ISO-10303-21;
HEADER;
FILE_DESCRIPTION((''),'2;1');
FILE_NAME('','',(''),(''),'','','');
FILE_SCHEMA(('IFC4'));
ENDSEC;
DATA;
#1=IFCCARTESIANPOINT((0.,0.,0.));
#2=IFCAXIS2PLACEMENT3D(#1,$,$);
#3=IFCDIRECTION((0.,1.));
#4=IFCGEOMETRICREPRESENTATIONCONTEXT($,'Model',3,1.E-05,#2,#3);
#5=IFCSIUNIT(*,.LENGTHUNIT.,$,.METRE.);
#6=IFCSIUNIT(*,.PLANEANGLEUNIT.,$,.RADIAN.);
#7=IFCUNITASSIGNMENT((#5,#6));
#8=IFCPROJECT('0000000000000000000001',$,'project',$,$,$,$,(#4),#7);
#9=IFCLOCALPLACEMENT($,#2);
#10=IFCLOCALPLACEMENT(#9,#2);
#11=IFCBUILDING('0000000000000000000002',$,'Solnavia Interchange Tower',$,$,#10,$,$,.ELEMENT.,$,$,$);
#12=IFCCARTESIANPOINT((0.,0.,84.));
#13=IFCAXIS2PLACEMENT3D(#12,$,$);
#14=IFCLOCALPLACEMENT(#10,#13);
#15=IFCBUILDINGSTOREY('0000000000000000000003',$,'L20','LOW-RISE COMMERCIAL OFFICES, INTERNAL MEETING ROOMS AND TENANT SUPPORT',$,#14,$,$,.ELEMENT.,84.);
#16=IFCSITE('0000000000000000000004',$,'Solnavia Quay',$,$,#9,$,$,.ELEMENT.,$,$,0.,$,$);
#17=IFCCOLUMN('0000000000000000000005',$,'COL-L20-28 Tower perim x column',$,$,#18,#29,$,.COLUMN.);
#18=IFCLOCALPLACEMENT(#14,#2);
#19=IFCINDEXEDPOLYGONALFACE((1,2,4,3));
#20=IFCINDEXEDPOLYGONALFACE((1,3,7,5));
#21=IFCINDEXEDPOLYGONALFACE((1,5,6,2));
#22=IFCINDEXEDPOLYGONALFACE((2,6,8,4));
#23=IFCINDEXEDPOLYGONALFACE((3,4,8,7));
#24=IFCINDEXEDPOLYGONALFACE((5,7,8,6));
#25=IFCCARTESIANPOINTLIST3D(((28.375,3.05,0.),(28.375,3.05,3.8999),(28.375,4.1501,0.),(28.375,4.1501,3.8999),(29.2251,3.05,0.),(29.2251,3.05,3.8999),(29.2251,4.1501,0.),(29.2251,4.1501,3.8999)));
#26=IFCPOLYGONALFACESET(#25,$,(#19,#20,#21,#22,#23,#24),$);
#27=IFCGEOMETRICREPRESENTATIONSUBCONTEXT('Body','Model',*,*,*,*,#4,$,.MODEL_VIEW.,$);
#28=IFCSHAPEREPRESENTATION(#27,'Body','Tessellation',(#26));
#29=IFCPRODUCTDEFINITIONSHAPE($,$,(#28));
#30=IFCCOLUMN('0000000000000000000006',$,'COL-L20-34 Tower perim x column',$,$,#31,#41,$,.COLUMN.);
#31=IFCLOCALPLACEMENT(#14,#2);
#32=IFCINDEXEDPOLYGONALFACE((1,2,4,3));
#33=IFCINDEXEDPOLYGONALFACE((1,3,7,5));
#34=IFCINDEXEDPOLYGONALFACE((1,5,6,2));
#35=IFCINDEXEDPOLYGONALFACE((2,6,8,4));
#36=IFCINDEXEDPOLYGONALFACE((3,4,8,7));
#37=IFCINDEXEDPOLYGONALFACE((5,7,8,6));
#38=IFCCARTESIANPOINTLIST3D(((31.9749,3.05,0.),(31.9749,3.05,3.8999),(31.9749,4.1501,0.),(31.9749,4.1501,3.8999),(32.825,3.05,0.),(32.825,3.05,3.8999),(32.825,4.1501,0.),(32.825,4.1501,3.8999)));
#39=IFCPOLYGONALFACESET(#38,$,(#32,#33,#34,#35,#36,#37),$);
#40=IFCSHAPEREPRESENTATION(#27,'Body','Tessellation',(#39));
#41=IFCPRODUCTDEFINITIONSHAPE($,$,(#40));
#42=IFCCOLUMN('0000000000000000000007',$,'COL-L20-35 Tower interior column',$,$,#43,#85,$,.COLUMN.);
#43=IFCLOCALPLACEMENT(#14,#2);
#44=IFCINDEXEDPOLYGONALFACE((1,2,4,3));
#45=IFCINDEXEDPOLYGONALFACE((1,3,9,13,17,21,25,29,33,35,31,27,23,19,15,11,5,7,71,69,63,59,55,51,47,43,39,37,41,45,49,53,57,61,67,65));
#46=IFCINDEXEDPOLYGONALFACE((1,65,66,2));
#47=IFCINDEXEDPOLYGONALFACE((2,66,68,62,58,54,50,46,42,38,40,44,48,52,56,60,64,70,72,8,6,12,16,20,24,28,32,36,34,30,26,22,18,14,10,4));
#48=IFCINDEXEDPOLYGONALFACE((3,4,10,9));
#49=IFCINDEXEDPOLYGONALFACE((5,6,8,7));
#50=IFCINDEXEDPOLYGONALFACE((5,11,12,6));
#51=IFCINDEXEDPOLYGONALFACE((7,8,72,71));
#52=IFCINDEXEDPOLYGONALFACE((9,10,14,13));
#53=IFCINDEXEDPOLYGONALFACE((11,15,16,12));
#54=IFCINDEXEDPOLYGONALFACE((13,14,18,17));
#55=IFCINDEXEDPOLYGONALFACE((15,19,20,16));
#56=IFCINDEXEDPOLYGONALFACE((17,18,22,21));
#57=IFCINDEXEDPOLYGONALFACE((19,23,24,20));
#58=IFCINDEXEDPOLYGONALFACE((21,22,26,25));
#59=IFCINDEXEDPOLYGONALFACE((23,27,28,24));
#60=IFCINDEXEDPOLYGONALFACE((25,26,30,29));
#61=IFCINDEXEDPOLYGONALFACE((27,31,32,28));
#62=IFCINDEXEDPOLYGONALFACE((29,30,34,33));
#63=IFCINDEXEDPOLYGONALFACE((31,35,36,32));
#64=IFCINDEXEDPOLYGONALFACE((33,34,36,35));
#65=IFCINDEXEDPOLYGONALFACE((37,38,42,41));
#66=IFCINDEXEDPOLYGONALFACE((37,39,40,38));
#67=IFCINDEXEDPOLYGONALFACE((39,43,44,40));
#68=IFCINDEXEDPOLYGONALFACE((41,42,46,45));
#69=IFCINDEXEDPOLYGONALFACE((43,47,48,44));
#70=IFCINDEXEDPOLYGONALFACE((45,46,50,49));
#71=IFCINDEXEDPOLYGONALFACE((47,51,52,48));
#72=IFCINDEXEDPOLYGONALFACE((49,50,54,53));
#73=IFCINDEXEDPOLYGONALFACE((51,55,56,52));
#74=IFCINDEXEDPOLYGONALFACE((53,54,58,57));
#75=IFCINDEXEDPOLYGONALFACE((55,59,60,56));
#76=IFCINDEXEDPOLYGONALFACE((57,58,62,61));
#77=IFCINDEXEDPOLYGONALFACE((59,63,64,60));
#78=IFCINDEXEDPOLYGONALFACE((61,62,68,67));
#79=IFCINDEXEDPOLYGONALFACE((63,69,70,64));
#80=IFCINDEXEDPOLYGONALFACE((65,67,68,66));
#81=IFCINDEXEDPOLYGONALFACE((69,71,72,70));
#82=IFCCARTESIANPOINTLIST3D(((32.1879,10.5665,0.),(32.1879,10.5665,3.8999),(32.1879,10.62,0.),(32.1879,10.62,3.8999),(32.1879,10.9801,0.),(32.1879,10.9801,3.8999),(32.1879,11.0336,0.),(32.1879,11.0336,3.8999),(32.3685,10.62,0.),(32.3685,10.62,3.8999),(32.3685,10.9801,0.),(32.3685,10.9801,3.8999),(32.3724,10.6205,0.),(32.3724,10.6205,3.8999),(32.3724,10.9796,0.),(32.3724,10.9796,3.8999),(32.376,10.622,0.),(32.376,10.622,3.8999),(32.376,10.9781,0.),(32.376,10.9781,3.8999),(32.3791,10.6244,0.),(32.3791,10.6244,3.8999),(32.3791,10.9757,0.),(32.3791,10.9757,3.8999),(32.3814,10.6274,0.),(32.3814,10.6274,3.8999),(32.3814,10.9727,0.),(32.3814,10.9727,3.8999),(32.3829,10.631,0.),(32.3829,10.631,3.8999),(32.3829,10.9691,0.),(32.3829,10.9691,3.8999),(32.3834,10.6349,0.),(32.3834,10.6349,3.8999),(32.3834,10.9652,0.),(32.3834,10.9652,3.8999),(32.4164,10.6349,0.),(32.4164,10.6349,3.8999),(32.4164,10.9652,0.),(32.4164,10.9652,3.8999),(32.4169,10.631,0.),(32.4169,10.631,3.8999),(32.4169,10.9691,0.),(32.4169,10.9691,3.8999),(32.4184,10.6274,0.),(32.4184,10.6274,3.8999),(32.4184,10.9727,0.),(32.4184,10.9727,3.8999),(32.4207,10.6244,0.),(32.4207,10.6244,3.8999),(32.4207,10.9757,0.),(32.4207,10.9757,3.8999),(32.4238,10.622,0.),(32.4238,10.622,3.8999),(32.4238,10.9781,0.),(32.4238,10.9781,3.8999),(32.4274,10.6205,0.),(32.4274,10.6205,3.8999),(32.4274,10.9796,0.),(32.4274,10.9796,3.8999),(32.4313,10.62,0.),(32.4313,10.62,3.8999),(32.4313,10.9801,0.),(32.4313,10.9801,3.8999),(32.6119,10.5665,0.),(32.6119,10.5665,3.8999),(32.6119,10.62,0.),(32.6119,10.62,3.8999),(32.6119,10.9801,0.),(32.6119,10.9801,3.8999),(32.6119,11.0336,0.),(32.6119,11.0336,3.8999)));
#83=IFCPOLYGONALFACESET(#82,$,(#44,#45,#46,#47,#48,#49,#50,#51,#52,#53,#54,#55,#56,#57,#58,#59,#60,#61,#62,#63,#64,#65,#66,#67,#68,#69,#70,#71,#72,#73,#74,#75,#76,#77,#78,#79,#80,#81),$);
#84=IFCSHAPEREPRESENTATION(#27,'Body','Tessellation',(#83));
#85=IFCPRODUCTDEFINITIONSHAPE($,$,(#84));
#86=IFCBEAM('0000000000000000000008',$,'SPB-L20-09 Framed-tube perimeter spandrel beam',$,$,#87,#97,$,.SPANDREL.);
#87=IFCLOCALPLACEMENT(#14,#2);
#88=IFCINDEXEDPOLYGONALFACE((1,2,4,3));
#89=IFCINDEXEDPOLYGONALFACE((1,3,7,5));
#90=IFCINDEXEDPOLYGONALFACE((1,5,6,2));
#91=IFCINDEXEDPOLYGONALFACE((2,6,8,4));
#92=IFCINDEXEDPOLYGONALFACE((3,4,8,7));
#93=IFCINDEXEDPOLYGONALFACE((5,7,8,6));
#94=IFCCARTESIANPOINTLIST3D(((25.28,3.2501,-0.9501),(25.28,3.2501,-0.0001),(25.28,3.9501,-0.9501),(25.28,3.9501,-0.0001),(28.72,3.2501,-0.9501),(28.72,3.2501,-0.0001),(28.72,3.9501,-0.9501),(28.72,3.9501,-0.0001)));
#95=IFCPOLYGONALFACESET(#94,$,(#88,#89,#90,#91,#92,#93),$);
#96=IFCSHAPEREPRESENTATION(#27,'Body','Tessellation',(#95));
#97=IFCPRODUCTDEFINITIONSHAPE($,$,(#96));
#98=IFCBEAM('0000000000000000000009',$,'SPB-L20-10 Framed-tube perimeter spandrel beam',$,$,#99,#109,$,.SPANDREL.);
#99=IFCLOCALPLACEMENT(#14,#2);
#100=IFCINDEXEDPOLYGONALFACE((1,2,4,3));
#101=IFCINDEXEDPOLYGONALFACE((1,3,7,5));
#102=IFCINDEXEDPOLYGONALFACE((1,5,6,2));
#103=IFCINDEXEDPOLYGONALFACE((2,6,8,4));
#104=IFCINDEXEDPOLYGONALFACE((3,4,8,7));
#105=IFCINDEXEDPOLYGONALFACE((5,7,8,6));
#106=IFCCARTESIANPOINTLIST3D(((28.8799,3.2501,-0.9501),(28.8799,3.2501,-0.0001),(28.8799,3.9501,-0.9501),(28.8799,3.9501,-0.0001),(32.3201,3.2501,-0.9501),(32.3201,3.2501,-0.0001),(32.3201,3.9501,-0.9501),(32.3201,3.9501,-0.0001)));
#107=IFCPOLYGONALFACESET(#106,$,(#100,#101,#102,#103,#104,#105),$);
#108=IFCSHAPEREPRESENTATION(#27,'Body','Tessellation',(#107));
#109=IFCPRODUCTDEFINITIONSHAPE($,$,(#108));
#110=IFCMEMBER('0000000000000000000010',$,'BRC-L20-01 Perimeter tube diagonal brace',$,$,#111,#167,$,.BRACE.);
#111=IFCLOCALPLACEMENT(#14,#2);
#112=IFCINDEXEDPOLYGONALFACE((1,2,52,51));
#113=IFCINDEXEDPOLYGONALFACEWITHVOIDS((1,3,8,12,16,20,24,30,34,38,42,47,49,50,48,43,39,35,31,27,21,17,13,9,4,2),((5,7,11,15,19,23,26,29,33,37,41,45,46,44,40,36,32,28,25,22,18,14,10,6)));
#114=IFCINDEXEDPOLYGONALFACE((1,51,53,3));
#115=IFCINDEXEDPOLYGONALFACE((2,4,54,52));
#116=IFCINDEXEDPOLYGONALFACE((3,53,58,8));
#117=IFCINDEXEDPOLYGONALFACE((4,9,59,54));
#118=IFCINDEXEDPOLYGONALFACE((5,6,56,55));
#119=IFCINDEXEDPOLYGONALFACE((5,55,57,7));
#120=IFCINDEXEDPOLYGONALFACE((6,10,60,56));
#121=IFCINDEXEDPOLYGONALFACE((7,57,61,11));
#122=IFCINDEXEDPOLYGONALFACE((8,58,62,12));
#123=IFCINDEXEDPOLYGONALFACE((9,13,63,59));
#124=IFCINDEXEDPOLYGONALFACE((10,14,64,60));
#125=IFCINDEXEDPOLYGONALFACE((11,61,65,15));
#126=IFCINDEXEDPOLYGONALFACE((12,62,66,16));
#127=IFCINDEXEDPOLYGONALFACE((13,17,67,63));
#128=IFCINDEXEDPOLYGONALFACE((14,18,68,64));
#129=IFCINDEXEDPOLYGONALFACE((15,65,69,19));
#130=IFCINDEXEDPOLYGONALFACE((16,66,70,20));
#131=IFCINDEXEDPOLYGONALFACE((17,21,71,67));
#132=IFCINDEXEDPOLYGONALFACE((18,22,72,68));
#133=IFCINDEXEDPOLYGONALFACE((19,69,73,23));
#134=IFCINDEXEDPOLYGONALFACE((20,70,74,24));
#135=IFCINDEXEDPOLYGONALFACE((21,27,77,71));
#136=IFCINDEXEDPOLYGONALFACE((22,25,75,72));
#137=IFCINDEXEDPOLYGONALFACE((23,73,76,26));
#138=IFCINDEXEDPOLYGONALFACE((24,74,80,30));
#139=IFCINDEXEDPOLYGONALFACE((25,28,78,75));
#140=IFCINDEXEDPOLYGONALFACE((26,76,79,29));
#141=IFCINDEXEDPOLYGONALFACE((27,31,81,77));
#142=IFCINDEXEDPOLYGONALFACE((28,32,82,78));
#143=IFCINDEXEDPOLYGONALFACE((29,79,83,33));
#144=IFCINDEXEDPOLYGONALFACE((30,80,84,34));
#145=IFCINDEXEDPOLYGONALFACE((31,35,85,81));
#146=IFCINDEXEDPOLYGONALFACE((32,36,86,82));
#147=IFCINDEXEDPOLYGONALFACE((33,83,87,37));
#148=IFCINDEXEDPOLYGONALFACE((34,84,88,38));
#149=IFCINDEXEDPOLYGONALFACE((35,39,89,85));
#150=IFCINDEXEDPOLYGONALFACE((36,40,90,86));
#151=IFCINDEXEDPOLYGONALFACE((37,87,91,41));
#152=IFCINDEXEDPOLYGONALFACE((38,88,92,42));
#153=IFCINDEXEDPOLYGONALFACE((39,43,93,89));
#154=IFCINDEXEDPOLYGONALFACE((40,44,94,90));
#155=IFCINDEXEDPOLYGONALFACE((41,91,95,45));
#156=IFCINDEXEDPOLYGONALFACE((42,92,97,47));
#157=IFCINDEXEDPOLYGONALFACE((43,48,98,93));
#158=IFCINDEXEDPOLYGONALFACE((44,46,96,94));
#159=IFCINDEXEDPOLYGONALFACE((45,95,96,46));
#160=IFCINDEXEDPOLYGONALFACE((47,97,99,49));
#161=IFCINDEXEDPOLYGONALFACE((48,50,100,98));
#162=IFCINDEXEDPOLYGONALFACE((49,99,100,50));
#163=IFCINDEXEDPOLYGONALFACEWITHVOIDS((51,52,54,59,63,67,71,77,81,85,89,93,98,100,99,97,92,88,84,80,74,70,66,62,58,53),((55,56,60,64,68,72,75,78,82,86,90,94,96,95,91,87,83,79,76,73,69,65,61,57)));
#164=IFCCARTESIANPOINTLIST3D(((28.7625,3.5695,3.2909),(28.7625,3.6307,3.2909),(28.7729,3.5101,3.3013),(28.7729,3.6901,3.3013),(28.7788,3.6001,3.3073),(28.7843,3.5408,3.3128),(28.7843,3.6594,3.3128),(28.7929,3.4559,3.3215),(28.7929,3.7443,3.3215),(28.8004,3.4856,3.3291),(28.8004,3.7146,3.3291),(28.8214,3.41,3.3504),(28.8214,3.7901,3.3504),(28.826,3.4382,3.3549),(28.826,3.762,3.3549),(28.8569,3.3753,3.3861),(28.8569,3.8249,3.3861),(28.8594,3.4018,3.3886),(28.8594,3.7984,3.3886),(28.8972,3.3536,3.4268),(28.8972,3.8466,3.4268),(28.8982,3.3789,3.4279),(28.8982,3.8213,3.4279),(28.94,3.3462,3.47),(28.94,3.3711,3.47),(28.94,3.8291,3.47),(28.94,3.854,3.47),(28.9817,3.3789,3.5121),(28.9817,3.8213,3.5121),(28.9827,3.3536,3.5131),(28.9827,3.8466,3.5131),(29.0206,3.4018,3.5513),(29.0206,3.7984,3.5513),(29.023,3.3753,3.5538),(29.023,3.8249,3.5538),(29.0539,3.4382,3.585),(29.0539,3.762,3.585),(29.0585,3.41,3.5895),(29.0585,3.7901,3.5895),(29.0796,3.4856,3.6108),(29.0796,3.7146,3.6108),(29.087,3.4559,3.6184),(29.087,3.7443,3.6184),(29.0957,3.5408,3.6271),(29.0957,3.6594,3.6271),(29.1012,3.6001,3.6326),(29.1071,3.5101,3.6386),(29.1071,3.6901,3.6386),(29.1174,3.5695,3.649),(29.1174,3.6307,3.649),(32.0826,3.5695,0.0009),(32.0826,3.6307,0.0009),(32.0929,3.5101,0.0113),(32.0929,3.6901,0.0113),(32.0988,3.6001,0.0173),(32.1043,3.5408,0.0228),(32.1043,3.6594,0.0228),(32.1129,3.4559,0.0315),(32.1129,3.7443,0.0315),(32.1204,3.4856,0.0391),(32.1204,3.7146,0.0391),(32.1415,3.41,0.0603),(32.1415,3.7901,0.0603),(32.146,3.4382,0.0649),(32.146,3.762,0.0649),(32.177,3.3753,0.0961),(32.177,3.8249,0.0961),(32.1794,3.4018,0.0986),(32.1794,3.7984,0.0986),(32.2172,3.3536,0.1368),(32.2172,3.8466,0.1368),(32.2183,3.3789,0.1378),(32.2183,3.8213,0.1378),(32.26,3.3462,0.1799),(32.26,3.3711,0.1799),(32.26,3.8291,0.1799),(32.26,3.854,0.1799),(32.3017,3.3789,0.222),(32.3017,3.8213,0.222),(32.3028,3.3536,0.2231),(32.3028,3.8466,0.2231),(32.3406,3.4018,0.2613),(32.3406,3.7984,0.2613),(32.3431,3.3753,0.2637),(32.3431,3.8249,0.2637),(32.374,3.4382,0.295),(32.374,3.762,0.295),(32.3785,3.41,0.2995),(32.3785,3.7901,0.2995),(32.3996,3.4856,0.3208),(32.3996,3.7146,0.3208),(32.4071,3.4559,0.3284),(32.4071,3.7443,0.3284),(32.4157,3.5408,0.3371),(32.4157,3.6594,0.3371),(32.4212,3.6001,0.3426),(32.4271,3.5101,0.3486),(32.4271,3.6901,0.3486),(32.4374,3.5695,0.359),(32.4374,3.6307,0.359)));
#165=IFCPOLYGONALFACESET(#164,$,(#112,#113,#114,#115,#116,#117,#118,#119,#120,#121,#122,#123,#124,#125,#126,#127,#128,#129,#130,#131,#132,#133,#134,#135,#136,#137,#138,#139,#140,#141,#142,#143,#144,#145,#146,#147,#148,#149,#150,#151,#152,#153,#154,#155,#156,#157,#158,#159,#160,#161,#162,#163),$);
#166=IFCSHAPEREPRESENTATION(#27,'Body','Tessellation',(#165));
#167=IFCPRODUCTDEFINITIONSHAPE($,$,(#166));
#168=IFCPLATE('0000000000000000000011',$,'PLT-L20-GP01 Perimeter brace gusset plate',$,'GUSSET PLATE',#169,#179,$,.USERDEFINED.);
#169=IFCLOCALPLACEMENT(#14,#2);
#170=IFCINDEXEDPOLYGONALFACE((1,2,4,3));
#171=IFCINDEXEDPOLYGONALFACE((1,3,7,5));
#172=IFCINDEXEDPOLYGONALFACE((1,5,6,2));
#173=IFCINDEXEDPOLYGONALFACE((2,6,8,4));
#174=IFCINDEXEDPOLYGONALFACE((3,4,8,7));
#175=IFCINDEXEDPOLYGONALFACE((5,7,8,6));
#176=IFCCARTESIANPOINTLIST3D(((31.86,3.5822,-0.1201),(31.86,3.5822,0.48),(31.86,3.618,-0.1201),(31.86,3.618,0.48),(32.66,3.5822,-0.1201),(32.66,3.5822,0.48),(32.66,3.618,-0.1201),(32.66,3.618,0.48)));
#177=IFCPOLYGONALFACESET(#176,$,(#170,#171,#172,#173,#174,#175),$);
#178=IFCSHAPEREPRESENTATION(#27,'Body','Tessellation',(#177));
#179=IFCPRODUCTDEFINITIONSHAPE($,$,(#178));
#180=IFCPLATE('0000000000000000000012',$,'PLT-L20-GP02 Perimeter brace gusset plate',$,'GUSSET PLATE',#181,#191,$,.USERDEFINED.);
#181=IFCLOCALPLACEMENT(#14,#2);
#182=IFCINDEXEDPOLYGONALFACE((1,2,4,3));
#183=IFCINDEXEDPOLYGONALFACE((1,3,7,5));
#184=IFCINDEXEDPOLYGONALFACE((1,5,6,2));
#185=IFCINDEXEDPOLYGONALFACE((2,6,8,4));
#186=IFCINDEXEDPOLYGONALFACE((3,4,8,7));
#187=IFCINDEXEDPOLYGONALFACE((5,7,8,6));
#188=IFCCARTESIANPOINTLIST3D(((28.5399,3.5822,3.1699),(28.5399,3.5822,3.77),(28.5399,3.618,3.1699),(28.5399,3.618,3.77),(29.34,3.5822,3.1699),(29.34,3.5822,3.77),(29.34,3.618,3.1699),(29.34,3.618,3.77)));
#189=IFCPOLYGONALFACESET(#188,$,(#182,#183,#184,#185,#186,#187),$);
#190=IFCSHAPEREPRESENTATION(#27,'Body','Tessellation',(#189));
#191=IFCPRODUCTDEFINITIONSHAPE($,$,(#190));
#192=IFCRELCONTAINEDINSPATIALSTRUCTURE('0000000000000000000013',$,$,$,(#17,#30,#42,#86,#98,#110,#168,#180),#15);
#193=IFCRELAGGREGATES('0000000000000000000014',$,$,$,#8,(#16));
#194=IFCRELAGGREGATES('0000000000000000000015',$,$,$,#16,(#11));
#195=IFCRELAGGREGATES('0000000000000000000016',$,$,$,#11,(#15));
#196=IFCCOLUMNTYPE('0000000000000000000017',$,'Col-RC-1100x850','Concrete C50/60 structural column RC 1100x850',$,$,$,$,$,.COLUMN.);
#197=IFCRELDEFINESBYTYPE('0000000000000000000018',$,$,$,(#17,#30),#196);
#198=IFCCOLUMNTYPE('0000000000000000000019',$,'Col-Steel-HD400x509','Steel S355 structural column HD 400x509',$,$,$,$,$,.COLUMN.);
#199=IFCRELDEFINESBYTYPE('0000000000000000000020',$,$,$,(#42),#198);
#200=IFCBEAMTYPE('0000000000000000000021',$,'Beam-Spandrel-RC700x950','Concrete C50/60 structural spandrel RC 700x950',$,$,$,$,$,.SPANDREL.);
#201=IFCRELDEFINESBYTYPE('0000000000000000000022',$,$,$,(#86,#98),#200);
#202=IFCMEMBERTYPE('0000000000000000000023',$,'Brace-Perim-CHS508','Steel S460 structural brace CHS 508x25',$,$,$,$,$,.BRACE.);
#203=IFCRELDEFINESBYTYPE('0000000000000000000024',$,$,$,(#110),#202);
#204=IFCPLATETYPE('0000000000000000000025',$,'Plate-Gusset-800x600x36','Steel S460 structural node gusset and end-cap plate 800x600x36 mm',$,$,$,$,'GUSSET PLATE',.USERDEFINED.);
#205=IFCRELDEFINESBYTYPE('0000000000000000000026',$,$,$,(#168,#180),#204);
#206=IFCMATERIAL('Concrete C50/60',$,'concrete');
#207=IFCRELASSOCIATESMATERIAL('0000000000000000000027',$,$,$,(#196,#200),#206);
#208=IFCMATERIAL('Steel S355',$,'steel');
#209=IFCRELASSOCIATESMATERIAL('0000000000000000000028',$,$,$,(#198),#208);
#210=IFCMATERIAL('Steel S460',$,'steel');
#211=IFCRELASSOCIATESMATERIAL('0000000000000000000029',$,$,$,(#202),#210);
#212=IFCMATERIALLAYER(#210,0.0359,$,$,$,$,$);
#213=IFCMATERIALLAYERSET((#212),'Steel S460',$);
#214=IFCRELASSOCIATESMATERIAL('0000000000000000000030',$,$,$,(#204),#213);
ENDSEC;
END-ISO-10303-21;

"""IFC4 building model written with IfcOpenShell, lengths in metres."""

from ifc_helpers import new_model, si_unit, direction, frame, origin, origin_2d, place, context, subcontext, project, spatial, rectangle, hollow_circle, i_section, extrude, material, layer, layer_set, material_profile, profile_set, type_object, element, save


model = new_model("IFC4")

# Units and contexts
model_context = context("Model", 3, precision=1e-05, world=origin(), true_north=direction((0.0, 1.0)))
body_context = subcontext(model_context, "Body", "Model", "MODEL_VIEW")
ifc_project = project(units=[si_unit("LENGTHUNIT", "METRE"), si_unit("PLANEANGLEUNIT", "RADIAN")], contexts=[model_context])

# Site, building, storey
site_placement = place(None, origin())
site = spatial("IfcSite", under=ifc_project, at=site_placement, Name="Solnavia Quay", CompositionType="ELEMENT", RefElevation=0.0)
building_placement = place(site_placement, origin())
building = spatial("IfcBuilding", under=site, at=building_placement, Name="Solnavia Interchange Tower", CompositionType="ELEMENT")
storey_placement = place(building_placement, frame((0.0, 0.0, 84.0)))
storey = spatial("IfcBuildingStorey", under=building, at=storey_placement, Name="L20", Description="LOW-RISE COMMERCIAL OFFICES, INTERNAL MEETING ROOMS AND TENANT SUPPORT", CompositionType="ELEMENT", Elevation=84.0)

# Columns
ifc_material_1 = material(Name="Concrete C50/60", Category="concrete")
ifc_material_profile_1 = material_profile(ifc_material_1, rectangle(XDim=0.8501, YDim=1.1001, at=origin_2d()), Name="RC 1100x850")
ifc_profile_set_1 = profile_set([ifc_material_profile_1], Name="Concrete C50/60")
column_type_1 = type_object("IfcColumnType", Name="Col-RC-1100x850", Description="Concrete C50/60 structural column RC 1100x850", PredefinedType="COLUMN", material=ifc_profile_set_1)
for number, where, z_axis, x_axis, name in (
    (1, (28.8, 3.6001, 0.0), (0.0, 0.0, 1.0), (1.0, 0.0, 0.0), "COL-L20-28 Tower perim x column"),
    (2, (32.3999, 3.6001, 0.0), (0.0, 0.0, 1.0), (1.0, 0.0, 0.0), "COL-L20-34 Tower perim x column"),
):
    element("IfcColumn", number, at=place(storey_placement, frame(where, z_axis=z_axis, x_axis=x_axis)), inside=storey, type_object=column_type_1, Name=name, PredefinedType="COLUMN", context=body_context, shape_type="SweptSolid", body=[
        extrude(rectangle(XDim=0.8501, YDim=1.1001, at=origin_2d()), origin(), (0.0, 0.0, 1.0), 3.8999),
    ])
ifc_material_2 = material(Name="Steel S355", Category="steel")
ifc_material_profile_2 = material_profile(ifc_material_2, i_section(OverallWidth=0.4241, OverallDepth=0.467, WebThickness=0.033, FlangeThickness=0.0535, FilletRadius=0.0149, at=origin_2d()), Name="HD 400x509")
ifc_profile_set_2 = profile_set([ifc_material_profile_2], Name="Steel S355")
column_type_2 = type_object("IfcColumnType", Name="Col-Steel-HD400x509", Description="Steel S355 structural column HD 400x509", PredefinedType="COLUMN", material=ifc_profile_set_2)
column_placement = place(storey_placement, frame((32.3999, 10.8, 0.0), z_axis=(0.0, 0.0, 1.0), x_axis=(1.0, 0.0, 0.0)))
element("IfcColumn", 3, at=column_placement, inside=storey, type_object=column_type_2, Name="COL-L20-35 Tower interior column", PredefinedType="COLUMN", context=body_context, shape_type="SweptSolid", body=[
    extrude(i_section(OverallWidth=0.4241, OverallDepth=0.467, WebThickness=0.033, FlangeThickness=0.0535, FilletRadius=0.0149, at=origin_2d()), origin(), (0.0, 0.0, 1.0), 3.8999),
])

# Beams
ifc_material_profile_3 = material_profile(ifc_material_1, rectangle(XDim=0.7, YDim=0.95, at=origin_2d()), Name="RC 700x950")
ifc_profile_set_3 = profile_set([ifc_material_profile_3], Name="Concrete C50/60")
beam_type = type_object("IfcBeamType", Name="Beam-Spandrel-RC700x950", Description="Concrete C50/60 structural spandrel RC 700x950", PredefinedType="SPANDREL", material=ifc_profile_set_3)
beam_1_placement = place(storey_placement, frame((25.28, 3.6001, -0.4751), z_axis=(1.0, 0.0, 0.0), x_axis=(0.0, 1.0, 0.0)))
element("IfcBeam", 4, at=beam_1_placement, inside=storey, type_object=beam_type, Name="SPB-L20-09 Framed-tube perimeter spandrel beam", PredefinedType="SPANDREL", context=body_context, shape_type="SweptSolid", body=[
    extrude(rectangle(XDim=0.7, YDim=0.95, at=origin_2d()), origin(), (0.0, 0.0, 1.0), 3.4399),
])
beam_2_placement = place(storey_placement, frame((28.8799, 3.6001, -0.4751), z_axis=(1.0, 0.0, 0.0), x_axis=(0.0, 1.0, 0.0)))
element("IfcBeam", 5, at=beam_2_placement, inside=storey, type_object=beam_type, Name="SPB-L20-10 Framed-tube perimeter spandrel beam", PredefinedType="SPANDREL", context=body_context, shape_type="SweptSolid", body=[
    extrude(rectangle(XDim=0.7, YDim=0.95, at=origin_2d()), origin(), (0.0, 0.0, 1.0), 3.4402),
])

# Member
ifc_material_3 = material(Name="Steel S460", Category="steel")
ifc_material_profile_4 = material_profile(ifc_material_3, hollow_circle(Radius=0.2539, WallThickness=0.0249, at=origin_2d()), Name="CHS 508x25")
ifc_profile_set_4 = profile_set([ifc_material_profile_4], Name="Steel S460")
member_type = type_object("IfcMemberType", Name="Brace-Perim-CHS508", Description="Steel S460 structural brace CHS 508x25", PredefinedType="BRACE", material=ifc_profile_set_4)
member_placement = place(storey_placement, frame((32.26, 3.6001, 0.1799), z_axis=(-0.710312, 0.0, 0.703887), x_axis=(0.0, -1.0, 0.0)))
element("IfcMember", 6, at=member_placement, inside=storey, type_object=member_type, Name="BRC-L20-01 Perimeter tube diagonal brace", PredefinedType="BRACE", context=body_context, shape_type="SweptSolid", body=[
    extrude(hollow_circle(Radius=0.2539, WallThickness=0.0249, at=origin_2d()), origin(), (0.0, 0.0, 1.0), 4.6741),
])

# Plates
ifc_layer_1 = layer(ifc_material_3, 0.0359)
ifc_layer_set_1 = layer_set([ifc_layer_1], Name="Steel S460")
plate_type = type_object("IfcPlateType", Name="Plate-Gusset-800x600x36", Description="Steel S460 structural node gusset and end-cap plate 800x600x36 mm", ElementType="GUSSET PLATE", PredefinedType="USERDEFINED", material=ifc_layer_set_1)
for number, where, z_axis, x_axis, name in (
    (7, (32.26, 3.6001, -0.1201), (0.0, 0.0, 1.0), (-1.0, 0.0, 0.0), "PLT-L20-GP01 Perimeter brace gusset plate"),
    (8, (28.9399, 3.6001, 3.1699), (0.0, 0.0, 1.0), (-1.0, 0.0, 0.0), "PLT-L20-GP02 Perimeter brace gusset plate"),
):
    element("IfcPlate", number, at=place(storey_placement, frame(where, z_axis=z_axis, x_axis=x_axis)), inside=storey, type_object=plate_type, Name=name, ObjectType="GUSSET PLATE", PredefinedType="USERDEFINED", context=body_context, shape_type="SweptSolid", body=[
        extrude(rectangle(XDim=0.8, YDim=0.0359, at=origin_2d()), origin(), (0.0, 0.0, 1.0), 0.6001),
    ])

save(model, "model.ifc")
